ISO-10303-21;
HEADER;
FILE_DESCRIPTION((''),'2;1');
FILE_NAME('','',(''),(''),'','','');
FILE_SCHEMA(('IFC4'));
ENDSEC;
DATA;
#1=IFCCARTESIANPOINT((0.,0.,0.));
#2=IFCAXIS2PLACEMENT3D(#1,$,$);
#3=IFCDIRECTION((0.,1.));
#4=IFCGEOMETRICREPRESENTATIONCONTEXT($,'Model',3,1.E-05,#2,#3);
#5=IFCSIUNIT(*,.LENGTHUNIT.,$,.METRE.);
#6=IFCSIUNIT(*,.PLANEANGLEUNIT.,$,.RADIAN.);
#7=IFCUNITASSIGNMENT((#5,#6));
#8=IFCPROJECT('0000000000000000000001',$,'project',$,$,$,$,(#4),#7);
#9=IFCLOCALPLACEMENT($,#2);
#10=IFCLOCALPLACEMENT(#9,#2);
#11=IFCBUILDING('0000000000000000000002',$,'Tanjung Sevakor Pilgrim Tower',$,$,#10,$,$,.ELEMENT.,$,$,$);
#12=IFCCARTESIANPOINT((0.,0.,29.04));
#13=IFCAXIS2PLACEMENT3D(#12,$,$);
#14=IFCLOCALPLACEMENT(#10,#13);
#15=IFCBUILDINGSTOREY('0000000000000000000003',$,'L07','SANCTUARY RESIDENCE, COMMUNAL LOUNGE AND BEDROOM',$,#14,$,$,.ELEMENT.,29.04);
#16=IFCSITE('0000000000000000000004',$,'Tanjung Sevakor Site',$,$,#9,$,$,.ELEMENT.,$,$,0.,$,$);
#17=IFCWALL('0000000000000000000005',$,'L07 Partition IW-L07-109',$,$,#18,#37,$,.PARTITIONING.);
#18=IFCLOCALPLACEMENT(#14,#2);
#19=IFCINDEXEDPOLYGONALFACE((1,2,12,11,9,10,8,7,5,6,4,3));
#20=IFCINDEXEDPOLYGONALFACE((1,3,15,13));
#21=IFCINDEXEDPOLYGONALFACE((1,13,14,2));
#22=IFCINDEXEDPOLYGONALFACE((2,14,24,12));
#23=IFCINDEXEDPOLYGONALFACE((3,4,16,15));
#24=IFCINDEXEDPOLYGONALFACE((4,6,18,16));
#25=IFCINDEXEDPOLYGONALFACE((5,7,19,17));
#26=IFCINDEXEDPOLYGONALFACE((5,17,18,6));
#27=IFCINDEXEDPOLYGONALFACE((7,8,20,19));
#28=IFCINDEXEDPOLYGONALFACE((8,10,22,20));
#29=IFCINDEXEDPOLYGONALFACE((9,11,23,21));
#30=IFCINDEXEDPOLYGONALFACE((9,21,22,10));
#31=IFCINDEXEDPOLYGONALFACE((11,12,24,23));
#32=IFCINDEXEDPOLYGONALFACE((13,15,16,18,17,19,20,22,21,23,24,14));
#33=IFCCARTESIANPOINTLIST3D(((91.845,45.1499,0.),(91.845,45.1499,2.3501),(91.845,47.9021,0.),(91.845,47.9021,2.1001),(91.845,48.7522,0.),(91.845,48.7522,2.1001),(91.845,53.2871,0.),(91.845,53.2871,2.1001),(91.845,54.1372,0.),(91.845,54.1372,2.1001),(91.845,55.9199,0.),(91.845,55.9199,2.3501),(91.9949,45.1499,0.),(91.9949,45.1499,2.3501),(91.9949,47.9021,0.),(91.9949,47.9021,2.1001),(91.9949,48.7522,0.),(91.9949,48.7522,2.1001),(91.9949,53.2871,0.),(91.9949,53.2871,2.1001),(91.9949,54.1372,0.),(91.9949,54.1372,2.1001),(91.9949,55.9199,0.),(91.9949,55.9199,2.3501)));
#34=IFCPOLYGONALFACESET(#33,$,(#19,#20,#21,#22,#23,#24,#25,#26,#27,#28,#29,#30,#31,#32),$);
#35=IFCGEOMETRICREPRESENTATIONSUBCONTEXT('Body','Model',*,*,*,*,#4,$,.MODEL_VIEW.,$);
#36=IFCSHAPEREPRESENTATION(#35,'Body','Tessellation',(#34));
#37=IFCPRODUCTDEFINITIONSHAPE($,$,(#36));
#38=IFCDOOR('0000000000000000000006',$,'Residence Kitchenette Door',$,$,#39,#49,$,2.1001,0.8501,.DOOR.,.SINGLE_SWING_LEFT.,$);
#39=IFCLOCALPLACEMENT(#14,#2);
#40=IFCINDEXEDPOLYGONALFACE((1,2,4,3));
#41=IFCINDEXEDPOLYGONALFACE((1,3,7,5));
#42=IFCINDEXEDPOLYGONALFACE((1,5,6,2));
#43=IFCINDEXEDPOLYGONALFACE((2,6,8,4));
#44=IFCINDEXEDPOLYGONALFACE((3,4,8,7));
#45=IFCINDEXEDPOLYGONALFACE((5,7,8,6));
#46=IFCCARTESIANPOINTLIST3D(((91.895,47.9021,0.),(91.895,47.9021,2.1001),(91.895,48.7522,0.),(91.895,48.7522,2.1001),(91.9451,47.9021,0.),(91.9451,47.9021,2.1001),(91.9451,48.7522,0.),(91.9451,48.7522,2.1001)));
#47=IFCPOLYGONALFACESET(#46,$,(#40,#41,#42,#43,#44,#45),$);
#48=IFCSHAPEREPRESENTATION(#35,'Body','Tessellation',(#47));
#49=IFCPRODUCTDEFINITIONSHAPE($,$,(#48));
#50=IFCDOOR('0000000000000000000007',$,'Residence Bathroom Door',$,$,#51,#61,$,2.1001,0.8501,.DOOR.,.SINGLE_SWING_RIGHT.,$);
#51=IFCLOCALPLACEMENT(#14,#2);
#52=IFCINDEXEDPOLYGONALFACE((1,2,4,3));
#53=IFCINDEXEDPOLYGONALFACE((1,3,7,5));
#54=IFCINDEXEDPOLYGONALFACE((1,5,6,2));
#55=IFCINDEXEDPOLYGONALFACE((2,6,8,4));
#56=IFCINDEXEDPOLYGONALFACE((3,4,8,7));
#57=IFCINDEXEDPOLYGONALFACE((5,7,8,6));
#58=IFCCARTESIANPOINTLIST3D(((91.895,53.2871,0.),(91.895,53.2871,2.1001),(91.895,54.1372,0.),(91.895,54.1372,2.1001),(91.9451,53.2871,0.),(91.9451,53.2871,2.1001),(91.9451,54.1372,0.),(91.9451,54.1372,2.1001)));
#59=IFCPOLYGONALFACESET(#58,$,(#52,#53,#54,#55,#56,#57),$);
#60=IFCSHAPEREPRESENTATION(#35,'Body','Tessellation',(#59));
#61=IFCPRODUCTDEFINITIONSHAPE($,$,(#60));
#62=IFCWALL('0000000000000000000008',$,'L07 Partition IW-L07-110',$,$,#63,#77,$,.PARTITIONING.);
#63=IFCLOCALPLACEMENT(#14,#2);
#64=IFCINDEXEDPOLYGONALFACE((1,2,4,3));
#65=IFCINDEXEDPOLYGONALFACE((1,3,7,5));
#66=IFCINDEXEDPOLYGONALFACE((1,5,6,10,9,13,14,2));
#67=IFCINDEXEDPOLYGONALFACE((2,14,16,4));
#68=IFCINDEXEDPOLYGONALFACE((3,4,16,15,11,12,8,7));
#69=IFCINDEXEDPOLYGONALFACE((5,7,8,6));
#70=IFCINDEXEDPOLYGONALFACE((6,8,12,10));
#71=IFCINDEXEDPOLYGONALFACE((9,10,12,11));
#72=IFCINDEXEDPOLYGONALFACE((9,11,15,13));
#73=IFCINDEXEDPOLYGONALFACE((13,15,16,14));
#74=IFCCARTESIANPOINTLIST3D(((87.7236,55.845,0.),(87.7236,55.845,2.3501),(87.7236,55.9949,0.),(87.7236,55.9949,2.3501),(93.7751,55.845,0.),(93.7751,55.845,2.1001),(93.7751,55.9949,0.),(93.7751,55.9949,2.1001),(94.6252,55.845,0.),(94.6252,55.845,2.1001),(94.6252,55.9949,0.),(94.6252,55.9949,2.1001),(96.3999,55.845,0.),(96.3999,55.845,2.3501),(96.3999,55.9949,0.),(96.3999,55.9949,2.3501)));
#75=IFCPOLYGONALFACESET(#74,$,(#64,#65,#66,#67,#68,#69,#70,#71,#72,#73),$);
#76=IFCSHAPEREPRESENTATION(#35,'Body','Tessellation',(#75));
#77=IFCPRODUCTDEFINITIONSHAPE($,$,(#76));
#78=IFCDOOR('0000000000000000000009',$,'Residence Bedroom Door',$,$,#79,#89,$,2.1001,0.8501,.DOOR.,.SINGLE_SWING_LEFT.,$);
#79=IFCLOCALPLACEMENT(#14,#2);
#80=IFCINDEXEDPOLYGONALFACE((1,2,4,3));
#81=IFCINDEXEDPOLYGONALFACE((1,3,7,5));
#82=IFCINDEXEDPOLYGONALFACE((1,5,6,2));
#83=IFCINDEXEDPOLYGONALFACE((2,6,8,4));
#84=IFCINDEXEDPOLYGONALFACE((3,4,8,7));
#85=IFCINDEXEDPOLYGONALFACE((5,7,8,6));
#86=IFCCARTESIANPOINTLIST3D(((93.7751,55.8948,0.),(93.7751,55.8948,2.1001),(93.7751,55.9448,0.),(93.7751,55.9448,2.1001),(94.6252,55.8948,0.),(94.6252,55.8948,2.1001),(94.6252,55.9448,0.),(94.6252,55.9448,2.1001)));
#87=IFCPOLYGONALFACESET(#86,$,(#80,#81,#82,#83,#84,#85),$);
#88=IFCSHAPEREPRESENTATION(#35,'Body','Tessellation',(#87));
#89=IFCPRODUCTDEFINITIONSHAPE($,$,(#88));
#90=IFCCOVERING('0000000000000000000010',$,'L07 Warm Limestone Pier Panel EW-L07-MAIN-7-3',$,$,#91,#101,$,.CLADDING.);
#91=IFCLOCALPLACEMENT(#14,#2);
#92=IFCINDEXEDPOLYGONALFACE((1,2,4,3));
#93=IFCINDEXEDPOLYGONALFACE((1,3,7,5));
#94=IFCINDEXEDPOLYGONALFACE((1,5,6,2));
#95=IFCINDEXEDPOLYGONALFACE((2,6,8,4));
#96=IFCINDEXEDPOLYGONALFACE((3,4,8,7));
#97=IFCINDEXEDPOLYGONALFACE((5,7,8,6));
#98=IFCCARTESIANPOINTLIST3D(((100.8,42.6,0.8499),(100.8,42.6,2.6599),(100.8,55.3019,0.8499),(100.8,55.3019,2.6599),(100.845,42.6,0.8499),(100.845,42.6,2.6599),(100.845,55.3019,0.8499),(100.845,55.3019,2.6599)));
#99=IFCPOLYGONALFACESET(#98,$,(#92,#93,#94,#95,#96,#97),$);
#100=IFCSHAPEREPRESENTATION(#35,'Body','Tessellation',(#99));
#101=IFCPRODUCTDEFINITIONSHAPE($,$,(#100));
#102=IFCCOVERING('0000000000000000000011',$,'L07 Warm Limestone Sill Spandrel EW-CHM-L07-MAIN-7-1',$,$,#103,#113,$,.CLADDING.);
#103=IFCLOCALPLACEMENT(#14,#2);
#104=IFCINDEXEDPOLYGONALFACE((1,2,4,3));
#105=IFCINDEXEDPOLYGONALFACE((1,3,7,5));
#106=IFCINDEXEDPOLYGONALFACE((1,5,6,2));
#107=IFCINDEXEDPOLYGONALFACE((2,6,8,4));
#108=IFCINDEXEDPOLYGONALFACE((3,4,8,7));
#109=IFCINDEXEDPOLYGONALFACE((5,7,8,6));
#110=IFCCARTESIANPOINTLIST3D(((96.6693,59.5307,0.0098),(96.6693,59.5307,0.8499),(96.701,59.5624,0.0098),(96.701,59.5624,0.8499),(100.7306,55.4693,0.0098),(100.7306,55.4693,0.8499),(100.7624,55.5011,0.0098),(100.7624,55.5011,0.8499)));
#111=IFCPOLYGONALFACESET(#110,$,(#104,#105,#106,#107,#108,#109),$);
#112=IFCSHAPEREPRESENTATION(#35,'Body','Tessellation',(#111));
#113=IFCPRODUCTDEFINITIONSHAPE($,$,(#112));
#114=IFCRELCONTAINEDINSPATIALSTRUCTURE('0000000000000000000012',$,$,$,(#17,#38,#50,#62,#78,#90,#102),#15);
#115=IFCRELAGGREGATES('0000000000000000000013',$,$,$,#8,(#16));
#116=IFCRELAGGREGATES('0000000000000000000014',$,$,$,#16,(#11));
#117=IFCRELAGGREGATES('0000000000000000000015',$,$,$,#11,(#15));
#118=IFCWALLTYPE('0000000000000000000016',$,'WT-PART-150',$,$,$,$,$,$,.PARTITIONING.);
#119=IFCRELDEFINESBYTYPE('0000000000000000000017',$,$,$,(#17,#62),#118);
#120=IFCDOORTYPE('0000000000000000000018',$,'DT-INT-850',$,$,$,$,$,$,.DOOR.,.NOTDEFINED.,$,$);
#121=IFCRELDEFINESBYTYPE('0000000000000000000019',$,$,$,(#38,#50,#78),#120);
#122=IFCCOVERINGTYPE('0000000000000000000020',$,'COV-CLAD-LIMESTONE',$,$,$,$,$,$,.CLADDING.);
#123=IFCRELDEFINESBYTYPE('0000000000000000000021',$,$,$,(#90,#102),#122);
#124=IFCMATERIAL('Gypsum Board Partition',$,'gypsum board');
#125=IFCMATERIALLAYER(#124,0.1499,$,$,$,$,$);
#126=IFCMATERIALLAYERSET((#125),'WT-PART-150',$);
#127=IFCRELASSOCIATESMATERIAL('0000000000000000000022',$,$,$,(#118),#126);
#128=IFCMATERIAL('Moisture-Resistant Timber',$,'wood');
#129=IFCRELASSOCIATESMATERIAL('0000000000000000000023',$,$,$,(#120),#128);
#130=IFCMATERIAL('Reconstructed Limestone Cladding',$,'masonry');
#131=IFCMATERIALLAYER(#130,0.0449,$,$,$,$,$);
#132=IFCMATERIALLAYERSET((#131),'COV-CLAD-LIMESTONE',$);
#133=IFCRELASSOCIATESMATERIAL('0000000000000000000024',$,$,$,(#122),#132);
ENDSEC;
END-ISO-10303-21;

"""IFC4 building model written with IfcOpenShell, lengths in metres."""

from ifc_helpers import new_model, si_unit, direction, frame, frame_2d, origin, origin_2d, place, context, subcontext, project, spatial, rectangle, extrude, material, layer, layer_set, type_object, element, fill, save


model = new_model("IFC4")

# Units and contexts
model_context = context("Model", 3, precision=1e-05, world=origin(), true_north=direction((0.0, 1.0)))
body_context = subcontext(model_context, "Body", "Model", "MODEL_VIEW")
ifc_project = project(units=[si_unit("LENGTHUNIT", "METRE"), si_unit("PLANEANGLEUNIT", "RADIAN")], contexts=[model_context])

# Site, building, storey
site_placement = place(None, origin())
site = spatial("IfcSite", under=ifc_project, at=site_placement, Name="Tanjung Sevakor Site", CompositionType="ELEMENT", RefElevation=0.0)
building_placement = place(site_placement, origin())
building = spatial("IfcBuilding", under=site, at=building_placement, Name="Tanjung Sevakor Pilgrim Tower", CompositionType="ELEMENT")
storey_placement = place(building_placement, frame((0.0, 0.0, 29.04)))
storey = spatial("IfcBuildingStorey", under=building, at=storey_placement, Name="L07", Description="SANCTUARY RESIDENCE, COMMUNAL LOUNGE AND BEDROOM", CompositionType="ELEMENT", Elevation=29.04)

# Shared definitions
ifc_material_1 = material(Name="Gypsum Board Partition", Category="gypsum board")
ifc_layer_1 = layer(ifc_material_1, 0.1499)
ifc_layer_set_1 = layer_set([ifc_layer_1], Name="WT-PART-150")
wall_type_1 = type_object("IfcWallType", Name="WT-PART-150", PredefinedType="PARTITIONING", material=ifc_layer_set_1)

# Wall, openings, doors
wall_1_placement = place(storey_placement, frame((91.9199, 45.1499, 0.0), z_axis=(0.0, 0.0, 1.0), x_axis=(0.0, 1.0, 0.0)))
wall_1 = element("IfcWall", 1, at=wall_1_placement, inside=storey, type_object=wall_type_1, Name="L07 Partition IW-L07-109", PredefinedType="PARTITIONING", context=body_context, shape_type="SweptSolid", body=[
    extrude(rectangle(XDim=10.77, YDim=0.1499, at=frame_2d((5.385, 0.0))), origin(), (0.0, 0.0, 1.0), 2.3501),
])
opening_1_placement = place(wall_1_placement, frame((2.7522, 0.0, 0.0)))
opening_1 = element("IfcOpeningElement", 2, at=opening_1_placement, cuts=wall_1, PredefinedType="OPENING", context=body_context, shape_type="SweptSolid", body=[
    extrude(rectangle(XDim=0.8501, YDim=2.1001, at=frame_2d((0.425, 1.05))), frame((0.0, 0.085, 0.0), z_axis=(0.0, -1.0, 0.0), x_axis=(1.0, 0.0, 0.0)), (0.0, 0.0, 1.0), 0.1699),
])
opening_2_placement = place(wall_1_placement, frame((8.1372, 0.0, 0.0)))
opening_2 = element("IfcOpeningElement", 3, at=opening_2_placement, cuts=wall_1, PredefinedType="OPENING", context=body_context, shape_type="SweptSolid", body=[
    extrude(rectangle(XDim=0.8501, YDim=2.1001, at=frame_2d((0.425, 1.05))), frame((0.0, 0.085, 0.0), z_axis=(0.0, -1.0, 0.0), x_axis=(1.0, 0.0, 0.0)), (0.0, 0.0, 1.0), 0.1699),
])
ifc_material_2 = material(Name="Moisture-Resistant Timber", Category="wood")
door_type_1 = type_object("IfcDoorType", Name="DT-INT-850", OperationType="NOTDEFINED", PredefinedType="DOOR", material=ifc_material_2)
door_1_placement = place(opening_1_placement, origin())
door_1 = element("IfcDoor", 4, at=door_1_placement, inside=storey, type_object=door_type_1, Name="Residence Kitchenette Door", OperationType="SINGLE_SWING_LEFT", OverallHeight=2.1001, OverallWidth=0.8501, PredefinedType="DOOR", context=body_context, shape_type="SweptSolid", body=[
    extrude(rectangle(XDim=0.8501, YDim=2.1001, at=frame_2d((0.425, 1.05))), frame((0.0, 0.0249, 0.0), z_axis=(0.0, -1.0, 0.0), x_axis=(1.0, 0.0, 0.0)), (0.0, 0.0, 1.0), 0.05),
])
fill(opening_1, door_1)
door_2_placement = place(opening_2_placement, origin())
door_2 = element("IfcDoor", 5, at=door_2_placement, inside=storey, type_object=door_type_1, Name="Residence Bathroom Door", OperationType="SINGLE_SWING_RIGHT", OverallHeight=2.1001, OverallWidth=0.8501, PredefinedType="DOOR", context=body_context, shape_type="SweptSolid", body=[
    extrude(rectangle(XDim=0.8501, YDim=2.1001, at=frame_2d((0.425, 1.05))), frame((0.0, 0.0249, 0.0), z_axis=(0.0, -1.0, 0.0), x_axis=(1.0, 0.0, 0.0)), (0.0, 0.0, 1.0), 0.05),
])
fill(opening_2, door_2)

# Wall, opening, door
wall_2_placement = place(storey_placement, frame((87.7236, 55.9199, 0.0), z_axis=(0.0, 0.0, 1.0), x_axis=(1.0, 0.0, 0.0)))
wall_2 = element("IfcWall", 6, at=wall_2_placement, inside=storey, type_object=wall_type_1, Name="L07 Partition IW-L07-110", PredefinedType="PARTITIONING", context=body_context, shape_type="SweptSolid", body=[
    extrude(rectangle(XDim=8.6763, YDim=0.1499, at=frame_2d((4.3381, 0.0))), origin(), (0.0, 0.0, 1.0), 2.3501),
])
opening_3_placement = place(wall_2_placement, frame((6.0515, 0.0, 0.0)))
opening_3 = element("IfcOpeningElement", 7, at=opening_3_placement, cuts=wall_2, PredefinedType="OPENING", context=body_context, shape_type="SweptSolid", body=[
    extrude(rectangle(XDim=0.8501, YDim=2.1001, at=frame_2d((0.425, 1.05))), frame((0.0, 0.085, 0.0), z_axis=(0.0, -1.0, 0.0), x_axis=(1.0, 0.0, 0.0)), (0.0, 0.0, 1.0), 0.1699),
])
door_3_placement = place(opening_3_placement, origin())
door_3 = element("IfcDoor", 8, at=door_3_placement, inside=storey, type_object=door_type_1, Name="Residence Bedroom Door", OperationType="SINGLE_SWING_LEFT", OverallHeight=2.1001, OverallWidth=0.8501, PredefinedType="DOOR", context=body_context, shape_type="SweptSolid", body=[
    extrude(rectangle(XDim=0.8501, YDim=2.1001, at=frame_2d((0.425, 1.05))), frame((0.0, 0.0249, 0.0), z_axis=(0.0, -1.0, 0.0), x_axis=(1.0, 0.0, 0.0)), (0.0, 0.0, 1.0), 0.05),
])
fill(opening_3, door_3)

# Coverings
ifc_material_3 = material(Name="Reconstructed Limestone Cladding", Category="masonry")
ifc_layer_2 = layer(ifc_material_3, 0.0449)
ifc_layer_set_2 = layer_set([ifc_layer_2], Name="COV-CLAD-LIMESTONE")
covering_type = type_object("IfcCoveringType", Name="COV-CLAD-LIMESTONE", PredefinedType="CLADDING", material=ifc_layer_set_2)
covering_1_placement = place(storey_placement, frame((100.8225, 48.9509, 0.8499), z_axis=(0.0, 0.0, 1.0), x_axis=(0.0, 1.0, 0.0)))
element("IfcCovering", 9, at=covering_1_placement, inside=storey, type_object=covering_type, Name="L07 Warm Limestone Pier Panel EW-L07-MAIN-7-3", PredefinedType="CLADDING", context=body_context, shape_type="SweptSolid", body=[
    extrude(rectangle(XDim=12.7019, YDim=0.0449, at=origin_2d()), origin(), (0.0, 0.0, 1.0), 1.8101),
])
covering_2_placement = place(storey_placement, frame((98.7158, 57.5159, 0.0098), z_axis=(0.0, 0.0, 1.0), x_axis=(-0.707107, 0.707107, 0.0)))
element("IfcCovering", 10, at=covering_2_placement, inside=storey, type_object=covering_type, Name="L07 Warm Limestone Sill Spandrel EW-CHM-L07-MAIN-7-1", PredefinedType="CLADDING", context=body_context, shape_type="SweptSolid", body=[
    extrude(rectangle(XDim=5.7437, YDim=0.0449, at=origin_2d()), origin(), (0.0, 0.0, 1.0), 0.8401),
])

save(model, "model.ifc")
